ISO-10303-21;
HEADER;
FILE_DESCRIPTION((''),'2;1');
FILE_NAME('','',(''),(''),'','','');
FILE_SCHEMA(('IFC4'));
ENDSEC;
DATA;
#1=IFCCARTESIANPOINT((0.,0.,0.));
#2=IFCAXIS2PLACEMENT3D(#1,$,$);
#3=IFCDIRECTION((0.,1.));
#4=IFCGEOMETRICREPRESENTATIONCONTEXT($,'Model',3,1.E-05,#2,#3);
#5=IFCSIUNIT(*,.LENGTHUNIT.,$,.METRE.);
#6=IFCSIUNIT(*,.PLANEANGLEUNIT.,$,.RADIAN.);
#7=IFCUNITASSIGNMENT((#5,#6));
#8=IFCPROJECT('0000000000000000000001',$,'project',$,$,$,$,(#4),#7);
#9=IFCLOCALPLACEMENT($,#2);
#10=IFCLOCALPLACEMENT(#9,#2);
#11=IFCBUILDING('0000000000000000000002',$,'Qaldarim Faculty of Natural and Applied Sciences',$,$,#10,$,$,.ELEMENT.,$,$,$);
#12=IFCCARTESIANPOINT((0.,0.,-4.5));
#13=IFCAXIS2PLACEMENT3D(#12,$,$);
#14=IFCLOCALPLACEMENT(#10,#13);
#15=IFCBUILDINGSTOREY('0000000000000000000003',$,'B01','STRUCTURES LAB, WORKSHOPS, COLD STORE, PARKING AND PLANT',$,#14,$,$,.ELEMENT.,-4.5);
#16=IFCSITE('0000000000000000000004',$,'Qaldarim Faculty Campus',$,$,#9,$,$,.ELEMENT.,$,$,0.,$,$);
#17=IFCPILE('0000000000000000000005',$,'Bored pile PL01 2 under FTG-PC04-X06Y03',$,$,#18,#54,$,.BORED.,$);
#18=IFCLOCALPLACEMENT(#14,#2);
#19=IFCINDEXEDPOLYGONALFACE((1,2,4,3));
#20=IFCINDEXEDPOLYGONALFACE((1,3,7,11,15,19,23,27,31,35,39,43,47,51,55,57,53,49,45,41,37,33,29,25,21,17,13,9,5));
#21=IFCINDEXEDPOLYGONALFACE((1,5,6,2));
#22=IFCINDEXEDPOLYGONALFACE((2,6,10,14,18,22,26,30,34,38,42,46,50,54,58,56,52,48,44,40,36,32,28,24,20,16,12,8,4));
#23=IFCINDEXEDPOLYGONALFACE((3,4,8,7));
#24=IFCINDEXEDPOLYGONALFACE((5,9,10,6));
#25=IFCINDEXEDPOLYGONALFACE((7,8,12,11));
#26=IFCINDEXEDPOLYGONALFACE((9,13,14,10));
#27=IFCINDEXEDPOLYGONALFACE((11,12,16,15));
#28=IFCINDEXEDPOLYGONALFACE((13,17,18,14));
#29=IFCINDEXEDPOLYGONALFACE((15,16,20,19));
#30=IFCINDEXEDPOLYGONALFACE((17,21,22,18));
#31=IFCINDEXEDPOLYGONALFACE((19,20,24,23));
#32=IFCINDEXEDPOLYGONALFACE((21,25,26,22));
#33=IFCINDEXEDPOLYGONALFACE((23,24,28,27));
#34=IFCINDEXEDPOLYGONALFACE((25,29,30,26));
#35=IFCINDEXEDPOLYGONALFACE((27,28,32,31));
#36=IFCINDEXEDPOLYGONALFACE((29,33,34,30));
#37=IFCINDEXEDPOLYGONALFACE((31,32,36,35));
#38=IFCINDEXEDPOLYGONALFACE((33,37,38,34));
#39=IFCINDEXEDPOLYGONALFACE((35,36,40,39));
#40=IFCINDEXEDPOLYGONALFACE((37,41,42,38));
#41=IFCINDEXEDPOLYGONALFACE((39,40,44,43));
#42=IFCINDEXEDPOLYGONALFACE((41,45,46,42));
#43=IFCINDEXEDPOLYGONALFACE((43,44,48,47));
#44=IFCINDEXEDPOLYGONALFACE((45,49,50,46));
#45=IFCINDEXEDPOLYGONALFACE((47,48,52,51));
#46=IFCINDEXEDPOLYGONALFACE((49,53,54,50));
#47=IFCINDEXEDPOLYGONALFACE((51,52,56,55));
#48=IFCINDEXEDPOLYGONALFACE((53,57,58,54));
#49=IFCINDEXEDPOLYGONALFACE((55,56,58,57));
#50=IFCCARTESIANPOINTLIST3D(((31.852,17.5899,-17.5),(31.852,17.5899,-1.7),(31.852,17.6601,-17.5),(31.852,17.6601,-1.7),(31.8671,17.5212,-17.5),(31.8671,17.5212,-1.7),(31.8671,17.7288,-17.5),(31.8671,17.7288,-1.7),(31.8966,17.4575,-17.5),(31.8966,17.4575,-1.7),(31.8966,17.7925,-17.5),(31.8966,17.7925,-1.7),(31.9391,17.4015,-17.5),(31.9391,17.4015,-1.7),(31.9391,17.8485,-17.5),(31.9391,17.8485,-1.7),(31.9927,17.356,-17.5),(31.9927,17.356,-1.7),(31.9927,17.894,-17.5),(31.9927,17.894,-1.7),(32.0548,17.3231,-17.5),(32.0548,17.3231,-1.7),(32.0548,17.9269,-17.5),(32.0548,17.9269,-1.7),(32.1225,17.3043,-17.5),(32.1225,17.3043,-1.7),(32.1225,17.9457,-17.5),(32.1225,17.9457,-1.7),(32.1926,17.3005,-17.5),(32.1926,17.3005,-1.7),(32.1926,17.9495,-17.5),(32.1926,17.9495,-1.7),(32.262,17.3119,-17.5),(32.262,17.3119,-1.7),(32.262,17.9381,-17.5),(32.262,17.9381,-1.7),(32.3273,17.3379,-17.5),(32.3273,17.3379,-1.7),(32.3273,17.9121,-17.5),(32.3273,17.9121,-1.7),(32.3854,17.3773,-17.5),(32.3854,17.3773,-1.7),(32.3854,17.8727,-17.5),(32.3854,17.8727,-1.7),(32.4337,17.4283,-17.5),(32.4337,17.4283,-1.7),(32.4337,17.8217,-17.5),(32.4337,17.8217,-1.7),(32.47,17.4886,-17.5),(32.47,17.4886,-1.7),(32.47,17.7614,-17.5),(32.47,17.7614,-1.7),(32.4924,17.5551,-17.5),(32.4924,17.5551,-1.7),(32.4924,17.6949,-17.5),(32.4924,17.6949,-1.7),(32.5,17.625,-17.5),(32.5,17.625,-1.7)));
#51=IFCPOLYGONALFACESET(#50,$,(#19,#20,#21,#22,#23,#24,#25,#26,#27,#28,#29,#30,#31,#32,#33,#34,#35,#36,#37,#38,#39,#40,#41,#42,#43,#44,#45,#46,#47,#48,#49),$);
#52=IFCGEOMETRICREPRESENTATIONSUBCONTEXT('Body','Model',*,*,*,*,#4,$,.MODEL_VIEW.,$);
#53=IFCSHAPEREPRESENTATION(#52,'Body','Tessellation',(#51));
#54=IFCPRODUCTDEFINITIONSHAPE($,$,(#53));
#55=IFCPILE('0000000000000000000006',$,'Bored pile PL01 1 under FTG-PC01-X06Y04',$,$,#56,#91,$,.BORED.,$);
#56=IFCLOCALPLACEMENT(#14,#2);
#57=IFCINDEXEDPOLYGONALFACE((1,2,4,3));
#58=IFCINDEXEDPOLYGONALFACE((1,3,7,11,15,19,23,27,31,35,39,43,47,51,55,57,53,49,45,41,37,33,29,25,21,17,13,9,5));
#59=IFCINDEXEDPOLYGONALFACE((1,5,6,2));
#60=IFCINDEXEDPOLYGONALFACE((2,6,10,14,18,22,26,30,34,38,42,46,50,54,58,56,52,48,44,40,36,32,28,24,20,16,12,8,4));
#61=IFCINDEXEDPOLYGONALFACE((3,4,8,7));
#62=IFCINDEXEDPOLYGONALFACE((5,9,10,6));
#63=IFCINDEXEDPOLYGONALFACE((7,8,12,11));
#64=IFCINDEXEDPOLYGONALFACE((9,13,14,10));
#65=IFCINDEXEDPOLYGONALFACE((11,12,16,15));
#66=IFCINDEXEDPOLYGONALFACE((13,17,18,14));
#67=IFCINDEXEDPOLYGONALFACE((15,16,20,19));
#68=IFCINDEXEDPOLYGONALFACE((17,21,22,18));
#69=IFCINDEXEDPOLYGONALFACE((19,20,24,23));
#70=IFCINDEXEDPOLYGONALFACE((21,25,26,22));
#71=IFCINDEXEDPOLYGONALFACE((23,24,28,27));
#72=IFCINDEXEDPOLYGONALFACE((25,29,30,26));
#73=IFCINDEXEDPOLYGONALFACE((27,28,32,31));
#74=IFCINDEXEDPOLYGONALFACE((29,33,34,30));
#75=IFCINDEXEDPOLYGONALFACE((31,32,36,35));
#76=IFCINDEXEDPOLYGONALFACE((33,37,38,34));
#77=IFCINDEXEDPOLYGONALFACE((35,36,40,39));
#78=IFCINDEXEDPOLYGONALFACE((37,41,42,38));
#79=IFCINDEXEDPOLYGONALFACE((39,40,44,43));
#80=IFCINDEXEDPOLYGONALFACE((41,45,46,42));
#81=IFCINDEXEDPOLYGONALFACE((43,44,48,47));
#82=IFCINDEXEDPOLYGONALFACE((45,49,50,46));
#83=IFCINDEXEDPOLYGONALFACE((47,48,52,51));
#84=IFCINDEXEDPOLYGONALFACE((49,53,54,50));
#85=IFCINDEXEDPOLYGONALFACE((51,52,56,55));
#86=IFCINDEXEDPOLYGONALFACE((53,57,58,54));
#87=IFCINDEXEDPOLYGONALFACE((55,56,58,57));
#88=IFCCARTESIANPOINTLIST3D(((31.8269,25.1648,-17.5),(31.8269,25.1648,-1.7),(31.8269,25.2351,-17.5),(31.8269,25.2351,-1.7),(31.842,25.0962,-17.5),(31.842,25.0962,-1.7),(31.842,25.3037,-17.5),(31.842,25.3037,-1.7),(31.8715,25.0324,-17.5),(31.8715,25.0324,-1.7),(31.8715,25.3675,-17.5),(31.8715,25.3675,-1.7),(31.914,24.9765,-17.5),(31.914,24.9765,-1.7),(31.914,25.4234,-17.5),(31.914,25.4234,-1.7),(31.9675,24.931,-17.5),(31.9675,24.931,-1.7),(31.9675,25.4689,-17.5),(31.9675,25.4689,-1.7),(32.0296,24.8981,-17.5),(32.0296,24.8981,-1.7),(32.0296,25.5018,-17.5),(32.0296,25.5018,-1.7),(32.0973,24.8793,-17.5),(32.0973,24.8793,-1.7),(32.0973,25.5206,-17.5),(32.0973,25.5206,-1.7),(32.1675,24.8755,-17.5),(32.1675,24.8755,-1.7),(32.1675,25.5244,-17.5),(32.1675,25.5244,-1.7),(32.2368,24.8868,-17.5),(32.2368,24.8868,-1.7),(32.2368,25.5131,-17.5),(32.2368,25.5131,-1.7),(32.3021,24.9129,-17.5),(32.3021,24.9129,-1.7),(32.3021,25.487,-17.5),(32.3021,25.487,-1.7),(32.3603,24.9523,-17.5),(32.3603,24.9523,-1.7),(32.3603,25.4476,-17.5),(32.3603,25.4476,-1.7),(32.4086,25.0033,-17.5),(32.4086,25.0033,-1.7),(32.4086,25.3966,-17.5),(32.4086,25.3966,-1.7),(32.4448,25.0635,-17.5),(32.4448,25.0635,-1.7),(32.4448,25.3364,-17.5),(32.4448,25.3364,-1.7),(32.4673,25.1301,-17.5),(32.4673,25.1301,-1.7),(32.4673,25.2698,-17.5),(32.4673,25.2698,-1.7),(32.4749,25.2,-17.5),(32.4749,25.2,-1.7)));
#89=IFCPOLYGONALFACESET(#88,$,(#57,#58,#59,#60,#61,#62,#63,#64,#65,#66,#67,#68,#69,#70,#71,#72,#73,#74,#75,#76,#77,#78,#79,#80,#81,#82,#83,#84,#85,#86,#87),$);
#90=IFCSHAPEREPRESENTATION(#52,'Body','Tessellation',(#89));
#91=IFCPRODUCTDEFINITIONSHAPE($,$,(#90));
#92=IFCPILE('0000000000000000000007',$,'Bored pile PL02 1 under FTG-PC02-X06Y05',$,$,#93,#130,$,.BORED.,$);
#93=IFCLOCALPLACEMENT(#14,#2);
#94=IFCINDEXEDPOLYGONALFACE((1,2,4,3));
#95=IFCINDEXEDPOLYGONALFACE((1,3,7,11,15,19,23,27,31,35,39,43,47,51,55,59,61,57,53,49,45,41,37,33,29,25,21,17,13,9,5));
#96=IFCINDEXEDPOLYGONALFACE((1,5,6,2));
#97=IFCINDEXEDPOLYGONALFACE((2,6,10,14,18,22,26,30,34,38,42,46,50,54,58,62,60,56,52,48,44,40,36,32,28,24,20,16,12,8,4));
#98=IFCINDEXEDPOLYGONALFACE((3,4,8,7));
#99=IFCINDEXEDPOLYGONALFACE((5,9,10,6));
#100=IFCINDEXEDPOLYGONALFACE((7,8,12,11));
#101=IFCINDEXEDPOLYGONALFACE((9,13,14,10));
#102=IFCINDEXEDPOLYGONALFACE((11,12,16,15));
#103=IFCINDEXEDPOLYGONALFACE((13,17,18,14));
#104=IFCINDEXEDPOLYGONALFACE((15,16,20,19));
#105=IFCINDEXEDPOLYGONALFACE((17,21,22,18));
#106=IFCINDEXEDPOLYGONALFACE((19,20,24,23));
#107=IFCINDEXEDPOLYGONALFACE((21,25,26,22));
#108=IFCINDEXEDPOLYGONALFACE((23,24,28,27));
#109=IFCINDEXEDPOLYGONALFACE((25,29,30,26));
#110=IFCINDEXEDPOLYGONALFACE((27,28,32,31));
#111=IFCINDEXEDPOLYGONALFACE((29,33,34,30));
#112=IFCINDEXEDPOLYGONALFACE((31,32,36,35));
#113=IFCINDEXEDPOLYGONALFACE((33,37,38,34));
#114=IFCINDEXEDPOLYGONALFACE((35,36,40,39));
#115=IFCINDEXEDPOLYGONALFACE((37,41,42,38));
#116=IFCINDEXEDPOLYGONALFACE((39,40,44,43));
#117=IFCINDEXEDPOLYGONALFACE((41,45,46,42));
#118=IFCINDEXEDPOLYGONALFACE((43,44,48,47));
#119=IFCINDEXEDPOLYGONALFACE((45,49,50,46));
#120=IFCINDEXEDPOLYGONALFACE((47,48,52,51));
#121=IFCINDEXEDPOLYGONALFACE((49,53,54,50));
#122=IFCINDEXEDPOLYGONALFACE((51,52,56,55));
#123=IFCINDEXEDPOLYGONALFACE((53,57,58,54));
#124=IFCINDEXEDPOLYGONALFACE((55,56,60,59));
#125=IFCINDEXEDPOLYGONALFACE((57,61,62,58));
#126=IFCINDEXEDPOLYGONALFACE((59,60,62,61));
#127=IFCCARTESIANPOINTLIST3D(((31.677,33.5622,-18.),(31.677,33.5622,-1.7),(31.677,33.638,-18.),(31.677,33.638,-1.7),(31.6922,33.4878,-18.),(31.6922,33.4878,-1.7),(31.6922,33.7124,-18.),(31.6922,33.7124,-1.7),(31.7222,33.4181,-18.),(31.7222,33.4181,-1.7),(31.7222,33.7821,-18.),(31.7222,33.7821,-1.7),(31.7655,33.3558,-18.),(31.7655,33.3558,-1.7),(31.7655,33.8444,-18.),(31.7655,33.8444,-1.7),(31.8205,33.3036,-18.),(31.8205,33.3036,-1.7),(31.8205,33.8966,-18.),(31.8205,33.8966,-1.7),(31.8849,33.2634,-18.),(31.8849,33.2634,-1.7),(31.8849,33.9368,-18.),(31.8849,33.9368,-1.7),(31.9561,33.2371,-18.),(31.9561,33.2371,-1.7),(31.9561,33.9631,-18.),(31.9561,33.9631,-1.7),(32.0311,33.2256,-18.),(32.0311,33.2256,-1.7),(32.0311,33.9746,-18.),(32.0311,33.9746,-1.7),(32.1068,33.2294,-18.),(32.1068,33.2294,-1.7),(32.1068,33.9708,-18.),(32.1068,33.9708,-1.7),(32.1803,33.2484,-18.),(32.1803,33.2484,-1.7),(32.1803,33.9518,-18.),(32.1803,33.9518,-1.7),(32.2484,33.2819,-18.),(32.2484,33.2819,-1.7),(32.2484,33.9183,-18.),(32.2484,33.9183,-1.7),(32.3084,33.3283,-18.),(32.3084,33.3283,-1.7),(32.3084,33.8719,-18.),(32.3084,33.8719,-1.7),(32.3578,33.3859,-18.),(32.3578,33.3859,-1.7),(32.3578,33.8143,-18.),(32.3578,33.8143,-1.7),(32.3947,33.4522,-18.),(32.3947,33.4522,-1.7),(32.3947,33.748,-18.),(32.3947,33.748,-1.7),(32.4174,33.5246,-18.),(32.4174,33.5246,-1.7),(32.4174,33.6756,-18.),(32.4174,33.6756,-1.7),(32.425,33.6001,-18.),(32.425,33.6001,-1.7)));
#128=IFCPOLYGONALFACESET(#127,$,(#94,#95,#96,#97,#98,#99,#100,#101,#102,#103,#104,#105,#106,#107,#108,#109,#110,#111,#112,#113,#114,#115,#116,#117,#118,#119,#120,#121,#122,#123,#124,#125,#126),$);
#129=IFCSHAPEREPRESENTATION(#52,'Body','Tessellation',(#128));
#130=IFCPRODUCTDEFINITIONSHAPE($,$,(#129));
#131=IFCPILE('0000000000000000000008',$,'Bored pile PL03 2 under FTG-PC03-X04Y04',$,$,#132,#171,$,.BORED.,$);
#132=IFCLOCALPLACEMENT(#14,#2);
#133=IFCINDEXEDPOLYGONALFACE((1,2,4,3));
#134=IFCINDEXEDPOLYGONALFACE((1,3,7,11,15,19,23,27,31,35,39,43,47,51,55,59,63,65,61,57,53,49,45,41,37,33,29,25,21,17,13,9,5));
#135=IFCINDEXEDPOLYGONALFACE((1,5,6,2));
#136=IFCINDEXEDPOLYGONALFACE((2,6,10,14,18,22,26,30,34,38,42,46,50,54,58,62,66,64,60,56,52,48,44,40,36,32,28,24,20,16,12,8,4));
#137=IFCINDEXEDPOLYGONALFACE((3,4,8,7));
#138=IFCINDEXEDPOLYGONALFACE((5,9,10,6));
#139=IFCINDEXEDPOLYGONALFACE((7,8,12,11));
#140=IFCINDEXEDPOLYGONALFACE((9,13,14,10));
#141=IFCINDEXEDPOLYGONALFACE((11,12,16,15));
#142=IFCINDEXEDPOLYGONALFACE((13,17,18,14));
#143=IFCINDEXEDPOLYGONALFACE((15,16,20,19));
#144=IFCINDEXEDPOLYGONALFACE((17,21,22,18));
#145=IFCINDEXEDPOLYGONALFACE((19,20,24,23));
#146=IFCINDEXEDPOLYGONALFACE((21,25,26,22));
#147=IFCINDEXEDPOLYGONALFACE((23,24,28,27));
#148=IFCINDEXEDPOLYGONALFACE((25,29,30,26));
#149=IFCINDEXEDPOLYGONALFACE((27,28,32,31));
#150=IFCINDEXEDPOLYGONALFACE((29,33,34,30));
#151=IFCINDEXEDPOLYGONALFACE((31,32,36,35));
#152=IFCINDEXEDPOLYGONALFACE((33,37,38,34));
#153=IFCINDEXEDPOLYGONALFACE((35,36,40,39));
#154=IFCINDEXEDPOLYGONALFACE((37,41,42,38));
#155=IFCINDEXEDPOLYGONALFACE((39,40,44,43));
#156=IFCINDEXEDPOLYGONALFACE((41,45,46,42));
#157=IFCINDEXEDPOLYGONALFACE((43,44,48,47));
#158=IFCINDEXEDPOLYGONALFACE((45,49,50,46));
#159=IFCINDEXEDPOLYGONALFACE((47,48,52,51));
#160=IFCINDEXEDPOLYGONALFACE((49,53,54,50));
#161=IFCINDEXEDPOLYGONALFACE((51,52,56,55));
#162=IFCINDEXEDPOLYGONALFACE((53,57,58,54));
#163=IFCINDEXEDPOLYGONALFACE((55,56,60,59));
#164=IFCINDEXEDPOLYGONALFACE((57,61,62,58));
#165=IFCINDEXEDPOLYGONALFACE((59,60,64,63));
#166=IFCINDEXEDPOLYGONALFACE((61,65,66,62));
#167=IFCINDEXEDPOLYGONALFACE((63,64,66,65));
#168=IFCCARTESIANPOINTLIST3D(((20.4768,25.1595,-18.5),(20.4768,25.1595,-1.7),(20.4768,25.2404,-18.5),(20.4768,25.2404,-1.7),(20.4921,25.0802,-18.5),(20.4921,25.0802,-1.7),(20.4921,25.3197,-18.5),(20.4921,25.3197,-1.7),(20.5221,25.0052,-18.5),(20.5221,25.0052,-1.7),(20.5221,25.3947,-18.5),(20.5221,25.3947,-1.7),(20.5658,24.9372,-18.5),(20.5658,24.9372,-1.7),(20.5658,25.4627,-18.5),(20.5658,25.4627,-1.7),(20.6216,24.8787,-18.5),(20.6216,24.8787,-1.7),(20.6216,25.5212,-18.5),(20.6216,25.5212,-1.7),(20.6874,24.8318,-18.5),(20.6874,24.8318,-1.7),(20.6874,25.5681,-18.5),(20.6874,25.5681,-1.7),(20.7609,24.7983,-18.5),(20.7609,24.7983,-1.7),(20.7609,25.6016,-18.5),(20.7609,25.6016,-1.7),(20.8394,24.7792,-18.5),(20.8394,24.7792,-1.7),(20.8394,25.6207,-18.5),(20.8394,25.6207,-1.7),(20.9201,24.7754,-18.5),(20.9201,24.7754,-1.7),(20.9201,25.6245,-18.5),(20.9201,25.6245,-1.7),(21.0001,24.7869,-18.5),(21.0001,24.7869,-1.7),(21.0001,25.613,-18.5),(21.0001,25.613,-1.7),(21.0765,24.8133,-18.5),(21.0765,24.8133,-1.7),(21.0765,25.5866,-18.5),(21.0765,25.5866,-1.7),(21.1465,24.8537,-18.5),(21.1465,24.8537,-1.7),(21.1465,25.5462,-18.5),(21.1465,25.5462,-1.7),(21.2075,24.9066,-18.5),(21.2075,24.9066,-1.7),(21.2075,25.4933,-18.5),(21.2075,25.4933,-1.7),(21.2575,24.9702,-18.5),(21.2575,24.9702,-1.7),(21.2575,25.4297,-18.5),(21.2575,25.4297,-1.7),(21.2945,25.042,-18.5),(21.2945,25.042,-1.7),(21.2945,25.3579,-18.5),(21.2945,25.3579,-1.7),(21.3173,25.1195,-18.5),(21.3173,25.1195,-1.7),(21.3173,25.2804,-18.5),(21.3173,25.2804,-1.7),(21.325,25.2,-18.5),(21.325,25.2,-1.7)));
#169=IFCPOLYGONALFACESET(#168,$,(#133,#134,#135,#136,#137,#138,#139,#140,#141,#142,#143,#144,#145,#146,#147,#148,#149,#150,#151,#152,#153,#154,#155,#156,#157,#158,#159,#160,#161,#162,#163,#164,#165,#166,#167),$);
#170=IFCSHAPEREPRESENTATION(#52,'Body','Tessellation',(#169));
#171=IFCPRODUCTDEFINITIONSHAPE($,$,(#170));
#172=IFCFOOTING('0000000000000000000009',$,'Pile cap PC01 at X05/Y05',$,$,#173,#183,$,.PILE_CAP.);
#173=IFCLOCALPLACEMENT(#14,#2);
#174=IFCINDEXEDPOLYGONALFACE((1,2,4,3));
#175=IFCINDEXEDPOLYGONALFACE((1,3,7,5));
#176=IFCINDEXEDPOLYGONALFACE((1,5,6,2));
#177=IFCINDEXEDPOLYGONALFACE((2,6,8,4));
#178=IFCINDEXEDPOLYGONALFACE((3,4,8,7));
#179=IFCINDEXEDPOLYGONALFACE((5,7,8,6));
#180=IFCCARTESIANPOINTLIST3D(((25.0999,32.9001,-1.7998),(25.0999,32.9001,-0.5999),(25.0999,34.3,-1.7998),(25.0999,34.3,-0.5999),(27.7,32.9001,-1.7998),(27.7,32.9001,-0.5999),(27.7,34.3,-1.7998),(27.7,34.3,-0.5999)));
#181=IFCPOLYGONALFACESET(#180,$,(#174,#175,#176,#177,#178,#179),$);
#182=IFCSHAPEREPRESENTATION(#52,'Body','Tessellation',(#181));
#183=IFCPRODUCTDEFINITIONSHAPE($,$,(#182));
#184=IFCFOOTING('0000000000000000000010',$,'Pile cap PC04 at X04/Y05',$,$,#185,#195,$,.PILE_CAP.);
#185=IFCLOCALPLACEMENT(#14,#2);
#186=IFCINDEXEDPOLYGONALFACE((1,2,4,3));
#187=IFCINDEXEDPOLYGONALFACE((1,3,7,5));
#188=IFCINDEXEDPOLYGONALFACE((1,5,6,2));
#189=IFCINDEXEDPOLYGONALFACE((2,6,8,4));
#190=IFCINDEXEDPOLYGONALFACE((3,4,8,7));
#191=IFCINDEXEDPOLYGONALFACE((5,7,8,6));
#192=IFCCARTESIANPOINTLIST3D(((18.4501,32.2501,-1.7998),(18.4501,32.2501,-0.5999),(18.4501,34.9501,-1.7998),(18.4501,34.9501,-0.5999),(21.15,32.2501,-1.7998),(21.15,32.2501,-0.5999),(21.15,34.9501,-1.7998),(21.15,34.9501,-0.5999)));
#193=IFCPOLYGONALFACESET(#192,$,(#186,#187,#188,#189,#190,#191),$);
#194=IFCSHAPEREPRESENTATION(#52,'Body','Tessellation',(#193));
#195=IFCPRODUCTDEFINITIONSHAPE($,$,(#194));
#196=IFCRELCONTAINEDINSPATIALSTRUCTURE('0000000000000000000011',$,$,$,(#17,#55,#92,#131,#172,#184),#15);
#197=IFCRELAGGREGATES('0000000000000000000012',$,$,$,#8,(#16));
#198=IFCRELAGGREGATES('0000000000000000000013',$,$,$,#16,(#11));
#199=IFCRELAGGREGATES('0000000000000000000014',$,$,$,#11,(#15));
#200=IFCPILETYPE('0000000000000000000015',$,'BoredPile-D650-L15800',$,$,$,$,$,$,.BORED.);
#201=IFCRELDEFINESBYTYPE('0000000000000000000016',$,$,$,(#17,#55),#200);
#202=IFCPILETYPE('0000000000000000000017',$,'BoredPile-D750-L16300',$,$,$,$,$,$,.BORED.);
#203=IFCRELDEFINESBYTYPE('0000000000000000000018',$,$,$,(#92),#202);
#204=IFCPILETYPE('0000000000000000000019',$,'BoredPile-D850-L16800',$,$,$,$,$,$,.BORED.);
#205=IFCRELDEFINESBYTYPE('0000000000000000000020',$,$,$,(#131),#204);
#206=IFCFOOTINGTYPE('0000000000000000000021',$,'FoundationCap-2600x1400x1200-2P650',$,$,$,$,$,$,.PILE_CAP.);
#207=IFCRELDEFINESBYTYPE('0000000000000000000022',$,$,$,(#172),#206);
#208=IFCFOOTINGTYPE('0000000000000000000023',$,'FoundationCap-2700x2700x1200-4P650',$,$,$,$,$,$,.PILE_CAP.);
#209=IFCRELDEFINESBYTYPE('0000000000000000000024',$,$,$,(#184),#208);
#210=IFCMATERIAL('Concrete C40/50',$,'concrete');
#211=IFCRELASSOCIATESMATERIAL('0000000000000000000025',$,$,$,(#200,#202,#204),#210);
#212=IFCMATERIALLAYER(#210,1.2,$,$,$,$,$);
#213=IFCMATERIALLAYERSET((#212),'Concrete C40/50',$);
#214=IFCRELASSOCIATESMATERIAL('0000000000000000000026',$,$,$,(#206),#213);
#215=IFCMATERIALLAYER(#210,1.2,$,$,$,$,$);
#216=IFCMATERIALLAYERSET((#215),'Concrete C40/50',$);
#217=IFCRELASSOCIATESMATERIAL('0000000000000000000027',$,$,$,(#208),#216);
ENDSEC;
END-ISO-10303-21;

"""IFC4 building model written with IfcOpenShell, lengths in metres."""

from ifc_helpers import new_model, si_unit, direction, frame, origin, origin_2d, place, context, subcontext, project, spatial, rectangle, circle, extrude, material, layer, layer_set, material_profile, profile_set, type_object, element, save


model = new_model("IFC4")

# Units and contexts
model_context = context("Model", 3, precision=1e-05, world=origin(), true_north=direction((0.0, 1.0)))
body_context = subcontext(model_context, "Body", "Model", "MODEL_VIEW")
ifc_project = project(units=[si_unit("LENGTHUNIT", "METRE"), si_unit("PLANEANGLEUNIT", "RADIAN")], contexts=[model_context])

# Site, building, storey
site_placement = place(None, origin())
site = spatial("IfcSite", under=ifc_project, at=site_placement, Name="Qaldarim Faculty Campus", CompositionType="ELEMENT", RefElevation=0.0)
building_placement = place(site_placement, origin())
building = spatial("IfcBuilding", under=site, at=building_placement, Name="Qaldarim Faculty of Natural and Applied Sciences", CompositionType="ELEMENT")
storey_placement = place(building_placement, frame((0.0, 0.0, -4.5)))
storey = spatial("IfcBuildingStorey", under=building, at=storey_placement, Name="B01", Description="STRUCTURES LAB, WORKSHOPS, COLD STORE, PARKING AND PLANT", CompositionType="ELEMENT", Elevation=-4.5)

# Piles
ifc_material_1 = material(Name="Concrete C40/50", Category="concrete")
ifc_material_profile_1 = material_profile(ifc_material_1, circle(Radius=0.325, at=origin_2d()), Name="PILE-D650")
ifc_profile_set_1 = profile_set([ifc_material_profile_1], Name="Concrete C40/50")
pile_type_1 = type_object("IfcPileType", Name="BoredPile-D650-L15800", PredefinedType="BORED", material=ifc_profile_set_1)
for number, where, z_axis, x_axis, name in (
    (1, (32.175, 17.625, -1.7), (0.0, 0.0, -1.0), (1.0, 0.0, 0.0), "Bored pile PL01 2 under FTG-PC04-X06Y03"),
    (2, (32.1499, 25.2, -1.7), (0.0, 0.0, -1.0), (1.0, 0.0, 0.0), "Bored pile PL01 1 under FTG-PC01-X06Y04"),
):
    element("IfcPile", number, at=place(storey_placement, frame(where, z_axis=z_axis, x_axis=x_axis)), inside=storey, type_object=pile_type_1, Name=name, PredefinedType="BORED", context=body_context, shape_type="SweptSolid", body=[
        extrude(circle(Radius=0.325, at=origin_2d()), origin(), (0.0, 0.0, 1.0), 15.8),
    ])
ifc_material_profile_2 = material_profile(ifc_material_1, circle(Radius=0.375, at=origin_2d()), Name="PILE-D750")
ifc_profile_set_2 = profile_set([ifc_material_profile_2], Name="Concrete C40/50")
pile_type_2 = type_object("IfcPileType", Name="BoredPile-D750-L16300", PredefinedType="BORED", material=ifc_profile_set_2)
pile_1_placement = place(storey_placement, frame((32.05, 33.6001, -1.7), z_axis=(0.0, 0.0, -1.0), x_axis=(1.0, 0.0, 0.0)))
element("IfcPile", 3, at=pile_1_placement, inside=storey, type_object=pile_type_2, Name="Bored pile PL02 1 under FTG-PC02-X06Y05", PredefinedType="BORED", context=body_context, shape_type="SweptSolid", body=[
    extrude(circle(Radius=0.375, at=origin_2d()), origin(), (0.0, 0.0, 1.0), 16.3),
])
ifc_material_profile_3 = material_profile(ifc_material_1, circle(Radius=0.425, at=origin_2d()), Name="PILE-D850")
ifc_profile_set_3 = profile_set([ifc_material_profile_3], Name="Concrete C40/50")
pile_type_3 = type_object("IfcPileType", Name="BoredPile-D850-L16800", PredefinedType="BORED", material=ifc_profile_set_3)
pile_2_placement = place(storey_placement, frame((20.8999, 25.2, -1.7), z_axis=(0.0, 0.0, -1.0), x_axis=(1.0, 0.0, 0.0)))
element("IfcPile", 4, at=pile_2_placement, inside=storey, type_object=pile_type_3, Name="Bored pile PL03 2 under FTG-PC03-X04Y04", PredefinedType="BORED", context=body_context, shape_type="SweptSolid", body=[
    extrude(circle(Radius=0.425, at=origin_2d()), origin(), (0.0, 0.0, 1.0), 16.8),
])

# Footings
ifc_layer_1 = layer(ifc_material_1, 1.2)
ifc_layer_set_1 = layer_set([ifc_layer_1], Name="Concrete C40/50")
footing_type_1 = type_object("IfcFootingType", Name="FoundationCap-2600x1400x1200-2P650", PredefinedType="PILE_CAP", material=ifc_layer_set_1)
footing_1_placement = place(storey_placement, frame((26.3999, 33.6001, -1.7998), z_axis=(0.0, 0.0, 1.0), x_axis=(1.0, 0.0, 0.0)))
element("IfcFooting", 5, at=footing_1_placement, inside=storey, type_object=footing_type_1, Name="Pile cap PC01 at X05/Y05", PredefinedType="PILE_CAP", context=body_context, shape_type="SweptSolid", body=[
    extrude(rectangle(XDim=2.6001, YDim=1.3999, at=origin_2d()), origin(), (0.0, 0.0, 1.0), 1.2),
])
ifc_layer_2 = layer(ifc_material_1, 1.2)
ifc_layer_set_2 = layer_set([ifc_layer_2], Name="Concrete C40/50")
footing_type_2 = type_object("IfcFootingType", Name="FoundationCap-2700x2700x1200-4P650", PredefinedType="PILE_CAP", material=ifc_layer_set_2)
for number, where, z_axis, x_axis, name in (
    (6, (19.8, 33.6001, -1.7998), (0.0, 0.0, 1.0), (1.0, 0.0, 0.0), "Pile cap PC04 at X04/Y05"),
):
    element("IfcFooting", number, at=place(storey_placement, frame(where, z_axis=z_axis, x_axis=x_axis)), inside=storey, type_object=footing_type_2, Name=name, PredefinedType="PILE_CAP", context=body_context, shape_type="SweptSolid", body=[
        extrude(rectangle(XDim=2.7, YDim=2.7, at=origin_2d()), origin(), (0.0, 0.0, 1.0), 1.2),
    ])

save(model, "model.ifc")
